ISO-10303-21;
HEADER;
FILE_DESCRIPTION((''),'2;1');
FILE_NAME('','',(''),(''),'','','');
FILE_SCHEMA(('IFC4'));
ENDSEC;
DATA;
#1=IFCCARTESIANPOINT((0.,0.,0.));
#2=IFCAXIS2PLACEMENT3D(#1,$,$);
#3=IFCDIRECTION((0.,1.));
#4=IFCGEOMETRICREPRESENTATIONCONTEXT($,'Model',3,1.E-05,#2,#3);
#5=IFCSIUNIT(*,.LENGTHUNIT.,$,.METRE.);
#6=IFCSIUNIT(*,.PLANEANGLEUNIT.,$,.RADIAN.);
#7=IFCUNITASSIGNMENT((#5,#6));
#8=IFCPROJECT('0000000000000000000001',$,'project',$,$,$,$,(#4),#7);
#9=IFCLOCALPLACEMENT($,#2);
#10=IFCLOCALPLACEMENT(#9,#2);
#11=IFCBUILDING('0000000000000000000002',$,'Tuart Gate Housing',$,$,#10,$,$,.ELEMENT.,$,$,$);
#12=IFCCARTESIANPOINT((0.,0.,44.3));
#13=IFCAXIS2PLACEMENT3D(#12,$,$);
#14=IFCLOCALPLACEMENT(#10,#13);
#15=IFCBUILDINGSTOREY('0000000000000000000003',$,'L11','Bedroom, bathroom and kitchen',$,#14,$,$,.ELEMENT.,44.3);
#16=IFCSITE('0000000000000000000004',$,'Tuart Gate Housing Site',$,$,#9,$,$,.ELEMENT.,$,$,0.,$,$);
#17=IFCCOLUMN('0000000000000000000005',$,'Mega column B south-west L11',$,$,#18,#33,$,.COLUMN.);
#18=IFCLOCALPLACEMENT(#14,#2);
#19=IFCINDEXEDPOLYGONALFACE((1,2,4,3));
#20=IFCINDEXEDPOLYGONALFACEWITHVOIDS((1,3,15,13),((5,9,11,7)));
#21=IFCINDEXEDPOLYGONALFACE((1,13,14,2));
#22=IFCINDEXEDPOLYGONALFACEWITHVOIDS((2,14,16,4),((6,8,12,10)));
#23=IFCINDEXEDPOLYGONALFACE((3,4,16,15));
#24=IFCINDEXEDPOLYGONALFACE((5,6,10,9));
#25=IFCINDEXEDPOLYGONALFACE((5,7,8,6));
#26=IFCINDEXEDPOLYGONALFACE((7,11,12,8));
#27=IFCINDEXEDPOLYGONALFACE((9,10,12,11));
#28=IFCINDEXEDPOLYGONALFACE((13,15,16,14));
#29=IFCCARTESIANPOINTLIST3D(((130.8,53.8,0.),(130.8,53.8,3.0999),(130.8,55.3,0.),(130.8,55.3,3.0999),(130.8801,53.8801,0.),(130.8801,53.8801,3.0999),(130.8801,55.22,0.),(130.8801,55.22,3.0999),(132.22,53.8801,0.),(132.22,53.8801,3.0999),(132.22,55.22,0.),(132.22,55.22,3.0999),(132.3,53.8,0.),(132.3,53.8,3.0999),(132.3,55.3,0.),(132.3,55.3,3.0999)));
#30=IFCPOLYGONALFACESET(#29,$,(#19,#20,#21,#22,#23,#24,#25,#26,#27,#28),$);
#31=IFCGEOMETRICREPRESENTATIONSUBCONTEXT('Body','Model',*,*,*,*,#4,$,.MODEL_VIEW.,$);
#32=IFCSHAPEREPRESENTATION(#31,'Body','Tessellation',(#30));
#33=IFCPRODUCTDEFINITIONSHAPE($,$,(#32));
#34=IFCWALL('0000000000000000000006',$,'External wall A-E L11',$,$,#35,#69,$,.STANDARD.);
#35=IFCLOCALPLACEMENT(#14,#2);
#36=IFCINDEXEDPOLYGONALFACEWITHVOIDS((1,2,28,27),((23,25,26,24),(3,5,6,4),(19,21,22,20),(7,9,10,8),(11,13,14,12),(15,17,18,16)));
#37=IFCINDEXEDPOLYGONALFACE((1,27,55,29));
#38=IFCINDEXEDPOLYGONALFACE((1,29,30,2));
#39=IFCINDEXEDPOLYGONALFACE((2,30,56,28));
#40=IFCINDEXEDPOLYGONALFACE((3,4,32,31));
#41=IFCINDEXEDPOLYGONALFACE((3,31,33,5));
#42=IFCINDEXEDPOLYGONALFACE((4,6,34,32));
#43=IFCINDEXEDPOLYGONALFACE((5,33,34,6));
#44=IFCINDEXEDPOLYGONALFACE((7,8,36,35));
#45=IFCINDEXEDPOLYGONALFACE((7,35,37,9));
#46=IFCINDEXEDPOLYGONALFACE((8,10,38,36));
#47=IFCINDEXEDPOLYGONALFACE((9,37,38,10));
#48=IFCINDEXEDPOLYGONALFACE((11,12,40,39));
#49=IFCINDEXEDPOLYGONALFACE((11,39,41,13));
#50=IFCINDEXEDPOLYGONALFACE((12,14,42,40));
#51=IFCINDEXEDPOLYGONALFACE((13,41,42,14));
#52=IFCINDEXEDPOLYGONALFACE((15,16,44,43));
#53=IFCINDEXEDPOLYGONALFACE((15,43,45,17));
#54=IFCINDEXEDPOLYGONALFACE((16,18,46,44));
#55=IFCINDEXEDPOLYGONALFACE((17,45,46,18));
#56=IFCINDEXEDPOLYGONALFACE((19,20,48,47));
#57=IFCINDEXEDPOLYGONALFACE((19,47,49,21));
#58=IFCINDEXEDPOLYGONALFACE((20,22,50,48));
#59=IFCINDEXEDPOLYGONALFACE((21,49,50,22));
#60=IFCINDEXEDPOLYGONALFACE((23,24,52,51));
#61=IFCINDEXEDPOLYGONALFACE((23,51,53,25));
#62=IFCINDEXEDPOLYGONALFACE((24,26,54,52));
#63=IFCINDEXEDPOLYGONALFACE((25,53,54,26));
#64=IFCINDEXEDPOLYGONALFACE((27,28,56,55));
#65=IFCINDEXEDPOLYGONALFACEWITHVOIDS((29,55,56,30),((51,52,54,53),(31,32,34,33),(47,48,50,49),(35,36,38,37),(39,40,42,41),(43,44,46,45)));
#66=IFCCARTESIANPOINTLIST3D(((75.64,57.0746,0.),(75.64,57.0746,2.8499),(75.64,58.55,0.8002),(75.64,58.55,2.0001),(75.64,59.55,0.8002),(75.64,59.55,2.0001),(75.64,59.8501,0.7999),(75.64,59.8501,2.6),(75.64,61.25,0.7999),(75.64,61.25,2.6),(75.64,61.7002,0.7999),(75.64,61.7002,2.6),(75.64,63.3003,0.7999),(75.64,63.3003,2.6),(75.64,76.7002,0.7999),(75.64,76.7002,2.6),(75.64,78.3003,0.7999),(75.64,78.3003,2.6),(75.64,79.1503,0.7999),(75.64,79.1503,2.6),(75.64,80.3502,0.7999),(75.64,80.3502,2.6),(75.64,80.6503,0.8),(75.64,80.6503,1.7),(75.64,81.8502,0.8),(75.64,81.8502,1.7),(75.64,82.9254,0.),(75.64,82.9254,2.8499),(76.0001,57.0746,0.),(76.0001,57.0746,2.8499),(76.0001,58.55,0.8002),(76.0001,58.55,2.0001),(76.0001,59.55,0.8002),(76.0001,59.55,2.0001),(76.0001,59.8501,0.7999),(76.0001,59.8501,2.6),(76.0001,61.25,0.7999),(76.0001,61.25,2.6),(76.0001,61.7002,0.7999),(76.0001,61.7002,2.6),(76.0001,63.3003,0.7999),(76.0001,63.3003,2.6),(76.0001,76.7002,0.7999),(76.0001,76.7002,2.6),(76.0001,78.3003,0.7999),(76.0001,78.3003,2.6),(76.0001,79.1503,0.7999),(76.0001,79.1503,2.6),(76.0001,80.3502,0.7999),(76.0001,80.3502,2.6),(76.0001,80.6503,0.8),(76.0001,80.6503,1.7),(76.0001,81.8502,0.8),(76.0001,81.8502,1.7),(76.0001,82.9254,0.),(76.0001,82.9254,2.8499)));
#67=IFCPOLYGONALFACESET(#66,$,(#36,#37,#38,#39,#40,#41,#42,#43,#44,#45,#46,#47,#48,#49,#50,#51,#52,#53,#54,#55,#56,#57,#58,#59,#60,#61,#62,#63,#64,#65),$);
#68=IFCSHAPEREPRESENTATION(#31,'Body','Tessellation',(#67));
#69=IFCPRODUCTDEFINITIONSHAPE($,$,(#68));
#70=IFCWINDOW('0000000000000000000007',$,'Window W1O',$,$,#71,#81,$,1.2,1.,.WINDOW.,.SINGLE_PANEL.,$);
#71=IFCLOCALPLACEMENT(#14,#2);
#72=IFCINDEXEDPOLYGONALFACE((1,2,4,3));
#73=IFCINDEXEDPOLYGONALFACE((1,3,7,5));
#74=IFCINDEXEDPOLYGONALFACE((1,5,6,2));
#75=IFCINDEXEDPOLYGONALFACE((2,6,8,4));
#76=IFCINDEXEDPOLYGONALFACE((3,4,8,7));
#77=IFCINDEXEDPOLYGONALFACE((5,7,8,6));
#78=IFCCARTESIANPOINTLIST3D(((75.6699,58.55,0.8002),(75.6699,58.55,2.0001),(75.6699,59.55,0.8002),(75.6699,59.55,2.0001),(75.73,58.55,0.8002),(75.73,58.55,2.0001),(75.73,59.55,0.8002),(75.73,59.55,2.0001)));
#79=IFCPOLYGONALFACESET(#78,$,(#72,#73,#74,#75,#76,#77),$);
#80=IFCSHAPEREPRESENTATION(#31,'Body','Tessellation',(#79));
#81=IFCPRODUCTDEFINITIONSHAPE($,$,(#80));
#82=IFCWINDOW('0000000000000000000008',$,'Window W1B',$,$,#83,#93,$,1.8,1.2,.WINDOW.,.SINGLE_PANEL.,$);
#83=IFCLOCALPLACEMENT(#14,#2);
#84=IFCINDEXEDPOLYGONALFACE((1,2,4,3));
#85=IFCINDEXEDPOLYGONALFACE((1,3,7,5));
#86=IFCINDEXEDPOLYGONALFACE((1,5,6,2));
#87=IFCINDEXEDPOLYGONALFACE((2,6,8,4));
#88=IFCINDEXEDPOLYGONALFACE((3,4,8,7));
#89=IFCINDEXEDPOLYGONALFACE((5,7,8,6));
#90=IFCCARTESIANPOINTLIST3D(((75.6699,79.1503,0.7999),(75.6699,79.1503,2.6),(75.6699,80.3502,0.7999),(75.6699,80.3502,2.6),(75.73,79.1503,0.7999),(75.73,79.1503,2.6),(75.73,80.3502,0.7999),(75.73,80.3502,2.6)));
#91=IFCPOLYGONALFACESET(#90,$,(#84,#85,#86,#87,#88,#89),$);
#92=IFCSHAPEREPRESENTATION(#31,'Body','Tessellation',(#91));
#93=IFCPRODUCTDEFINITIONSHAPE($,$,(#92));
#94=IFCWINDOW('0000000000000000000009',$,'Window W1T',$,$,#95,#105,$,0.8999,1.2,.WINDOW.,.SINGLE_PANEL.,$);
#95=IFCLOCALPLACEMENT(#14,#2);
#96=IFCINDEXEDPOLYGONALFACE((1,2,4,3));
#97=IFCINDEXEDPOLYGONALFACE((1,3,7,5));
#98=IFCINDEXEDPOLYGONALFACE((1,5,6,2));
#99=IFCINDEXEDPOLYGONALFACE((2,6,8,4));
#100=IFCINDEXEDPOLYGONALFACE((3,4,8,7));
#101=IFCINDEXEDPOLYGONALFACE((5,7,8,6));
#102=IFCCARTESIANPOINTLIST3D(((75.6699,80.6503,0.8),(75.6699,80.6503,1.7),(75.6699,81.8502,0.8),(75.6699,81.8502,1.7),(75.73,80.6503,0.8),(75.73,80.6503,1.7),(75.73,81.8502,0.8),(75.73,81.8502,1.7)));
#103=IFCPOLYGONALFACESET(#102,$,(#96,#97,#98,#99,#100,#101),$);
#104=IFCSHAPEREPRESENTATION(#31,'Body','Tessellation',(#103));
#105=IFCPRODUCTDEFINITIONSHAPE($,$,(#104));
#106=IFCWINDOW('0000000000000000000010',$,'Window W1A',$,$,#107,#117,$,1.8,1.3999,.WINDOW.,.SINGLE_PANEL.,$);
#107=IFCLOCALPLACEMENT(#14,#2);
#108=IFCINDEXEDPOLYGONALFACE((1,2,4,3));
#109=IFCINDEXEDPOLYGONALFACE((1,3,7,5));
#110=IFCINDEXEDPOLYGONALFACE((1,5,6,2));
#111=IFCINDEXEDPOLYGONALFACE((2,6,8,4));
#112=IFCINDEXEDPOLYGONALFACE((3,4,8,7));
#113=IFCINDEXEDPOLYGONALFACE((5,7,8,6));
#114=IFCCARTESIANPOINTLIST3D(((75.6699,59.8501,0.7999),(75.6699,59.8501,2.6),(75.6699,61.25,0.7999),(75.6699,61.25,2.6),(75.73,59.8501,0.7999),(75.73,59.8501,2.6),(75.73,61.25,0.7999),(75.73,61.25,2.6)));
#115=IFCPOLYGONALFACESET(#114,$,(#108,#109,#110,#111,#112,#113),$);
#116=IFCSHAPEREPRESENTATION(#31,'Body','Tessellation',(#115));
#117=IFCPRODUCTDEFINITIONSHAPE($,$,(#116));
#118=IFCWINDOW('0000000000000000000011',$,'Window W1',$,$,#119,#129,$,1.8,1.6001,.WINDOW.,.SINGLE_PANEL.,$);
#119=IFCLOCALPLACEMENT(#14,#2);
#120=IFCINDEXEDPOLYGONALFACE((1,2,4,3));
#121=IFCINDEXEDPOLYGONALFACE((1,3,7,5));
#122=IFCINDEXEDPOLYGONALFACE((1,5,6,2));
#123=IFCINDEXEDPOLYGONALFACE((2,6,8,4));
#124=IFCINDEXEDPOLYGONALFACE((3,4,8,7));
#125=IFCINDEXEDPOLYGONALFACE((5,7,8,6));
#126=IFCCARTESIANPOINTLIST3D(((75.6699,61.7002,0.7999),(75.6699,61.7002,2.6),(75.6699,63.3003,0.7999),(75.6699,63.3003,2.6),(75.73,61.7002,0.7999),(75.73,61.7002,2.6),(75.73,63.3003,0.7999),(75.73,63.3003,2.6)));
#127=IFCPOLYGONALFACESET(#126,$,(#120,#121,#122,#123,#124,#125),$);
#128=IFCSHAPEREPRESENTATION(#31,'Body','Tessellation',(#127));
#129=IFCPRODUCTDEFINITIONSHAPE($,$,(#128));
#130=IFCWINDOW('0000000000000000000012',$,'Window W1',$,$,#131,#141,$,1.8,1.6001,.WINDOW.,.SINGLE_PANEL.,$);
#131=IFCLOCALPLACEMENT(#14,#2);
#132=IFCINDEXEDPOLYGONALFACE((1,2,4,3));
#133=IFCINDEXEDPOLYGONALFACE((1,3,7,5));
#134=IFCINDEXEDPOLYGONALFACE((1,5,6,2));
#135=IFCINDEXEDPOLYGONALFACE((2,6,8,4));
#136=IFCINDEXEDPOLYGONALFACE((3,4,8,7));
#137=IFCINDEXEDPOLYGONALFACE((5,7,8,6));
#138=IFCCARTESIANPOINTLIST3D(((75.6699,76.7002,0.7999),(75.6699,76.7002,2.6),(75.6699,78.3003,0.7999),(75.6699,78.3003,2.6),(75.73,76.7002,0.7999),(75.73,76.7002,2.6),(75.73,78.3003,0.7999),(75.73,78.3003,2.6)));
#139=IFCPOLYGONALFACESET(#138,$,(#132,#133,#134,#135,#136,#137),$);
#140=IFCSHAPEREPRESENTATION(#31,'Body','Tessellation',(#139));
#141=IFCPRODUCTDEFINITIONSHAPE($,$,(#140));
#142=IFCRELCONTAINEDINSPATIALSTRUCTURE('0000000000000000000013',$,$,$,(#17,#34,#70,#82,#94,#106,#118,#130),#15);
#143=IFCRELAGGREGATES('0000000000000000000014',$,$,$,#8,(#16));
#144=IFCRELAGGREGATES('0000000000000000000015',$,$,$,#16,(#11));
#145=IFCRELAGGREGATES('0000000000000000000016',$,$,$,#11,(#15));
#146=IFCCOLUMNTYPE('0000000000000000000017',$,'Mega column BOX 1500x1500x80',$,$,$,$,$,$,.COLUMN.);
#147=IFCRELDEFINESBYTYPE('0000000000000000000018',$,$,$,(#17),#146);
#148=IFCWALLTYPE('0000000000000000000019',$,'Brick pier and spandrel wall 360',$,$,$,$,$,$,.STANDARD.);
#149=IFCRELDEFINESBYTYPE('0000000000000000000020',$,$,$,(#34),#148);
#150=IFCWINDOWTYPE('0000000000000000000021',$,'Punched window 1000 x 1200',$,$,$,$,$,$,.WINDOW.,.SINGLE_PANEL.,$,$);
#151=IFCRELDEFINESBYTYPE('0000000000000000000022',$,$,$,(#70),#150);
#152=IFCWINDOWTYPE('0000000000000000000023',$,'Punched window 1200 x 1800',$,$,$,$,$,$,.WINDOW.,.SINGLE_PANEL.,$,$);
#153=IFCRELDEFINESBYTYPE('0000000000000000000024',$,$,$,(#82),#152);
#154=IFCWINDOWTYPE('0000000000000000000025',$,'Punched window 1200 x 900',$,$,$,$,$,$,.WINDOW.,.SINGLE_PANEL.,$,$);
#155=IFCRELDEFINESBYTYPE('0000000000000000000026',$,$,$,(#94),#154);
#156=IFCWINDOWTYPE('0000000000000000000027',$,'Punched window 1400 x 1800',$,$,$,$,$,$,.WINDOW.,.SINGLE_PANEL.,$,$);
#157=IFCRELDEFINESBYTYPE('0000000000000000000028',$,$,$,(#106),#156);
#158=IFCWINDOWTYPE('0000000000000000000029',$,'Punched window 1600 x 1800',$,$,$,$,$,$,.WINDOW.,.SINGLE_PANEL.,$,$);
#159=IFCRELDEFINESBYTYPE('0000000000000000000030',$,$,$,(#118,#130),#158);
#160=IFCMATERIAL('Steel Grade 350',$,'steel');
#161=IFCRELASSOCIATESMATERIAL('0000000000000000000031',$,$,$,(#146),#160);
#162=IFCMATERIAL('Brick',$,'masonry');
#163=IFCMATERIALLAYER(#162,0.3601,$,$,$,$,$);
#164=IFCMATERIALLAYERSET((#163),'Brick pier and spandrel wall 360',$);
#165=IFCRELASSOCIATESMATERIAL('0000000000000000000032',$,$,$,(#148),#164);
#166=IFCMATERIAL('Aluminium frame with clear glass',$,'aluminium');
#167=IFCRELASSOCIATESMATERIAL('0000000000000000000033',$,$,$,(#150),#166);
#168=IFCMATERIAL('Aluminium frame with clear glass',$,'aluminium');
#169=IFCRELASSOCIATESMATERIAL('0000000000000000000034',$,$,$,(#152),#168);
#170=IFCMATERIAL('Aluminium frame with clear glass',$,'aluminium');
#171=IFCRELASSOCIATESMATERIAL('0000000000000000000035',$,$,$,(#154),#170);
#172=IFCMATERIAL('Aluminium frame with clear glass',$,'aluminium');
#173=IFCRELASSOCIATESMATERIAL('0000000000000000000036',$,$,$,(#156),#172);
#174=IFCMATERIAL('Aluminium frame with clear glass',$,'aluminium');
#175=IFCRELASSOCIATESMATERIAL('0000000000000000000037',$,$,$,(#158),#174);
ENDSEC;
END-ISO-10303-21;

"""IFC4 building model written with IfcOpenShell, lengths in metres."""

from ifc_helpers import new_model, si_unit, direction, frame, frame_2d, origin, origin_2d, place, context, subcontext, project, spatial, rectangle, hollow_rectangle, extrude, material, layer, layer_set, material_profile, profile_set, type_object, element, fill, save


model = new_model("IFC4")

# Units and contexts
model_context = context("Model", 3, precision=1e-05, world=origin(), true_north=direction((0.0, 1.0)))
body_context = subcontext(model_context, "Body", "Model", "MODEL_VIEW")
ifc_project = project(units=[si_unit("LENGTHUNIT", "METRE"), si_unit("PLANEANGLEUNIT", "RADIAN")], contexts=[model_context])

# Site, building, storey
site_placement = place(None, origin())
site = spatial("IfcSite", under=ifc_project, at=site_placement, Name="Tuart Gate Housing Site", CompositionType="ELEMENT", RefElevation=0.0)
building_placement = place(site_placement, origin())
building = spatial("IfcBuilding", under=site, at=building_placement, Name="Tuart Gate Housing", CompositionType="ELEMENT")
storey_placement = place(building_placement, frame((0.0, 0.0, 44.3)))
storey = spatial("IfcBuildingStorey", under=building, at=storey_placement, Name="L11", Description="Bedroom, bathroom and kitchen", CompositionType="ELEMENT", Elevation=44.3)

# Column
ifc_material_1 = material(Name="Steel Grade 350", Category="steel")
ifc_material_profile = material_profile(ifc_material_1, hollow_rectangle(XDim=1.5, YDim=1.5, WallThickness=0.0801, at=origin_2d()), Name="BOX 1500x1500x80")
ifc_profile_set = profile_set([ifc_material_profile], Name="Steel Grade 350")
column_type = type_object("IfcColumnType", Name="Mega column BOX 1500x1500x80", PredefinedType="COLUMN", material=ifc_profile_set)
column_placement = place(storey_placement, frame((131.55, 54.55, 0.0), z_axis=(0.0, 0.0, 1.0), x_axis=(1.0, 0.0, 0.0)))
element("IfcColumn", 1, at=column_placement, inside=storey, type_object=column_type, Name="Mega column B south-west L11", PredefinedType="COLUMN", context=body_context, shape_type="SweptSolid", body=[
    extrude(hollow_rectangle(XDim=1.5, YDim=1.5, WallThickness=0.0801, at=origin_2d()), origin(), (0.0, 0.0, 1.0), 3.0999),
])

# Wall, openings, windows
ifc_material_2 = material(Name="Brick", Category="masonry")
ifc_layer_1 = layer(ifc_material_2, 0.3601)
ifc_layer_set_1 = layer_set([ifc_layer_1], Name="Brick pier and spandrel wall 360")
wall_type_1 = type_object("IfcWallType", Name="Brick pier and spandrel wall 360", PredefinedType="STANDARD", material=ifc_layer_set_1)
wall_1_placement = place(storey_placement, frame((75.8201, 57.0747, 0.0), z_axis=(0.0, 0.0, 1.0), x_axis=(0.0, 1.0, 0.0)))
wall_1 = element("IfcWall", 2, at=wall_1_placement, inside=storey, type_object=wall_type_1, Name="External wall A-E L11", PredefinedType="STANDARD", context=body_context, shape_type="SweptSolid", body=[
    extrude(rectangle(XDim=25.8508, YDim=0.3601, at=frame_2d((12.9253, 0.0))), origin(), (0.0, 0.0, 1.0), 2.8499),
])
opening_1_placement = place(wall_1_placement, frame((1.4753, 0.0, 0.8)))
opening_1 = element("IfcOpeningElement", 3, at=opening_1_placement, cuts=wall_1, PredefinedType="OPENING", context=body_context, shape_type="SweptSolid", body=[
    extrude(rectangle(XDim=1.0, YDim=1.2, at=frame_2d((0.5, 0.6001))), frame((0.0, 0.1899, 0.0), z_axis=(0.0, -1.0, 0.0), x_axis=(1.0, 0.0, 0.0)), (0.0, 0.0, 1.0), 0.3801),
])
opening_2_placement = place(wall_1_placement, frame((4.6255, 0.0, 0.8)))
opening_2 = element("IfcOpeningElement", 4, at=opening_2_placement, cuts=wall_1, PredefinedType="OPENING", context=body_context, shape_type="SweptSolid", body=[
    extrude(rectangle(XDim=1.6001, YDim=1.8, at=frame_2d((0.8, 0.8999))), frame((0.0, 0.1899, 0.0), z_axis=(0.0, -1.0, 0.0), x_axis=(1.0, 0.0, 0.0)), (0.0, 0.0, 1.0), 0.3801),
])
opening_3_placement = place(wall_1_placement, frame((19.6255, 0.0, 0.8)))
opening_3 = element("IfcOpeningElement", 5, at=opening_3_placement, cuts=wall_1, PredefinedType="OPENING", context=body_context, shape_type="SweptSolid", body=[
    extrude(rectangle(XDim=1.6001, YDim=1.8, at=frame_2d((0.8, 0.8999))), frame((0.0, 0.1899, 0.0), z_axis=(0.0, -1.0, 0.0), x_axis=(1.0, 0.0, 0.0)), (0.0, 0.0, 1.0), 0.3801),
])
opening_4_placement = place(wall_1_placement, frame((22.0754, 0.0, 0.8)))
opening_4 = element("IfcOpeningElement", 6, at=opening_4_placement, cuts=wall_1, PredefinedType="OPENING", context=body_context, shape_type="SweptSolid", body=[
    extrude(rectangle(XDim=1.2, YDim=1.8, at=frame_2d((0.6001, 0.8999))), frame((0.0, 0.1899, 0.0), z_axis=(0.0, -1.0, 0.0), x_axis=(1.0, 0.0, 0.0)), (0.0, 0.0, 1.0), 0.3801),
])
opening_5_placement = place(wall_1_placement, frame((2.7754, 0.0, 0.8)))
opening_5 = element("IfcOpeningElement", 7, at=opening_5_placement, cuts=wall_1, PredefinedType="OPENING", context=body_context, shape_type="SweptSolid", body=[
    extrude(rectangle(XDim=1.3999, YDim=1.8, at=frame_2d((0.7, 0.8999))), frame((0.0, 0.1899, 0.0), z_axis=(0.0, -1.0, 0.0), x_axis=(1.0, 0.0, 0.0)), (0.0, 0.0, 1.0), 0.3801),
])
opening_6_placement = place(wall_1_placement, frame((23.5754, 0.0, 0.8)))
opening_6 = element("IfcOpeningElement", 8, at=opening_6_placement, cuts=wall_1, PredefinedType="OPENING", context=body_context, shape_type="SweptSolid", body=[
    extrude(rectangle(XDim=1.2, YDim=0.8999, at=frame_2d((0.6001, 0.45))), frame((0.0, 0.1899, 0.0), z_axis=(0.0, -1.0, 0.0), x_axis=(1.0, 0.0, 0.0)), (0.0, 0.0, 1.0), 0.3801),
])
ifc_material_3 = material(Name="Aluminium frame with clear glass", Category="aluminium")
window_type_1 = type_object("IfcWindowType", Name="Punched window 1000 x 1200", PartitioningType="SINGLE_PANEL", PredefinedType="WINDOW", material=ifc_material_3)
window_1_placement = place(opening_1_placement, origin())
window_1 = element("IfcWindow", 9, at=window_1_placement, inside=storey, type_object=window_type_1, Name="Window W1O", OverallHeight=1.2, OverallWidth=1.0, PartitioningType="SINGLE_PANEL", PredefinedType="WINDOW", context=body_context, shape_type="SweptSolid", body=[
    extrude(rectangle(XDim=1.0, YDim=1.2, at=frame_2d((0.5, 0.6001))), frame((0.0, 0.1501, 0.0), z_axis=(0.0, -1.0, 0.0), x_axis=(1.0, 0.0, 0.0)), (0.0, 0.0, 1.0), 0.0601),
])
fill(opening_1, window_1)
ifc_material_4 = material(Name="Aluminium frame with clear glass", Category="aluminium")
window_type_2 = type_object("IfcWindowType", Name="Punched window 1200 x 1800", PartitioningType="SINGLE_PANEL", PredefinedType="WINDOW", material=ifc_material_4)
window_2_placement = place(opening_4_placement, origin())
window_2 = element("IfcWindow", 10, at=window_2_placement, inside=storey, type_object=window_type_2, Name="Window W1B", OverallHeight=1.8, OverallWidth=1.2, PartitioningType="SINGLE_PANEL", PredefinedType="WINDOW", context=body_context, shape_type="SweptSolid", body=[
    extrude(rectangle(XDim=1.2, YDim=1.8, at=frame_2d((0.6001, 0.8999))), frame((0.0, 0.1501, 0.0), z_axis=(0.0, -1.0, 0.0), x_axis=(1.0, 0.0, 0.0)), (0.0, 0.0, 1.0), 0.0601),
])
fill(opening_4, window_2)
ifc_material_5 = material(Name="Aluminium frame with clear glass", Category="aluminium")
window_type_3 = type_object("IfcWindowType", Name="Punched window 1200 x 900", PartitioningType="SINGLE_PANEL", PredefinedType="WINDOW", material=ifc_material_5)
window_3_placement = place(opening_6_placement, origin())
window_3 = element("IfcWindow", 11, at=window_3_placement, inside=storey, type_object=window_type_3, Name="Window W1T", OverallHeight=0.8999, OverallWidth=1.2, PartitioningType="SINGLE_PANEL", PredefinedType="WINDOW", context=body_context, shape_type="SweptSolid", body=[
    extrude(rectangle(XDim=1.2, YDim=0.8999, at=frame_2d((0.6001, 0.45))), frame((0.0, 0.1501, 0.0), z_axis=(0.0, -1.0, 0.0), x_axis=(1.0, 0.0, 0.0)), (0.0, 0.0, 1.0), 0.0601),
])
fill(opening_6, window_3)
ifc_material_6 = material(Name="Aluminium frame with clear glass", Category="aluminium")
window_type_4 = type_object("IfcWindowType", Name="Punched window 1400 x 1800", PartitioningType="SINGLE_PANEL", PredefinedType="WINDOW", material=ifc_material_6)
window_4_placement = place(opening_5_placement, origin())
window_4 = element("IfcWindow", 12, at=window_4_placement, inside=storey, type_object=window_type_4, Name="Window W1A", OverallHeight=1.8, OverallWidth=1.3999, PartitioningType="SINGLE_PANEL", PredefinedType="WINDOW", context=body_context, shape_type="SweptSolid", body=[
    extrude(rectangle(XDim=1.3999, YDim=1.8, at=frame_2d((0.7, 0.8999))), frame((0.0, 0.1501, 0.0), z_axis=(0.0, -1.0, 0.0), x_axis=(1.0, 0.0, 0.0)), (0.0, 0.0, 1.0), 0.0601),
])
fill(opening_5, window_4)
ifc_material_7 = material(Name="Aluminium frame with clear glass", Category="aluminium")
window_type_5 = type_object("IfcWindowType", Name="Punched window 1600 x 1800", PartitioningType="SINGLE_PANEL", PredefinedType="WINDOW", material=ifc_material_7)
window_5_placement = place(opening_2_placement, origin())
window_5 = element("IfcWindow", 13, at=window_5_placement, inside=storey, type_object=window_type_5, Name="Window W1", OverallHeight=1.8, OverallWidth=1.6001, PartitioningType="SINGLE_PANEL", PredefinedType="WINDOW", context=body_context, shape_type="SweptSolid", body=[
    extrude(rectangle(XDim=1.6001, YDim=1.8, at=frame_2d((0.8, 0.8999))), frame((0.0, 0.1501, 0.0), z_axis=(0.0, -1.0, 0.0), x_axis=(1.0, 0.0, 0.0)), (0.0, 0.0, 1.0), 0.0601),
])
fill(opening_2, window_5)
window_6_placement = place(opening_3_placement, origin())
window_6 = element("IfcWindow", 14, at=window_6_placement, inside=storey, type_object=window_type_5, Name="Window W1", OverallHeight=1.8, OverallWidth=1.6001, PartitioningType="SINGLE_PANEL", PredefinedType="WINDOW", context=body_context, shape_type="SweptSolid", body=[
    extrude(rectangle(XDim=1.6001, YDim=1.8, at=frame_2d((0.8, 0.8999))), frame((0.0, 0.1501, 0.0), z_axis=(0.0, -1.0, 0.0), x_axis=(1.0, 0.0, 0.0)), (0.0, 0.0, 1.0), 0.0601),
])
fill(opening_3, window_6)

save(model, "model.ifc")
